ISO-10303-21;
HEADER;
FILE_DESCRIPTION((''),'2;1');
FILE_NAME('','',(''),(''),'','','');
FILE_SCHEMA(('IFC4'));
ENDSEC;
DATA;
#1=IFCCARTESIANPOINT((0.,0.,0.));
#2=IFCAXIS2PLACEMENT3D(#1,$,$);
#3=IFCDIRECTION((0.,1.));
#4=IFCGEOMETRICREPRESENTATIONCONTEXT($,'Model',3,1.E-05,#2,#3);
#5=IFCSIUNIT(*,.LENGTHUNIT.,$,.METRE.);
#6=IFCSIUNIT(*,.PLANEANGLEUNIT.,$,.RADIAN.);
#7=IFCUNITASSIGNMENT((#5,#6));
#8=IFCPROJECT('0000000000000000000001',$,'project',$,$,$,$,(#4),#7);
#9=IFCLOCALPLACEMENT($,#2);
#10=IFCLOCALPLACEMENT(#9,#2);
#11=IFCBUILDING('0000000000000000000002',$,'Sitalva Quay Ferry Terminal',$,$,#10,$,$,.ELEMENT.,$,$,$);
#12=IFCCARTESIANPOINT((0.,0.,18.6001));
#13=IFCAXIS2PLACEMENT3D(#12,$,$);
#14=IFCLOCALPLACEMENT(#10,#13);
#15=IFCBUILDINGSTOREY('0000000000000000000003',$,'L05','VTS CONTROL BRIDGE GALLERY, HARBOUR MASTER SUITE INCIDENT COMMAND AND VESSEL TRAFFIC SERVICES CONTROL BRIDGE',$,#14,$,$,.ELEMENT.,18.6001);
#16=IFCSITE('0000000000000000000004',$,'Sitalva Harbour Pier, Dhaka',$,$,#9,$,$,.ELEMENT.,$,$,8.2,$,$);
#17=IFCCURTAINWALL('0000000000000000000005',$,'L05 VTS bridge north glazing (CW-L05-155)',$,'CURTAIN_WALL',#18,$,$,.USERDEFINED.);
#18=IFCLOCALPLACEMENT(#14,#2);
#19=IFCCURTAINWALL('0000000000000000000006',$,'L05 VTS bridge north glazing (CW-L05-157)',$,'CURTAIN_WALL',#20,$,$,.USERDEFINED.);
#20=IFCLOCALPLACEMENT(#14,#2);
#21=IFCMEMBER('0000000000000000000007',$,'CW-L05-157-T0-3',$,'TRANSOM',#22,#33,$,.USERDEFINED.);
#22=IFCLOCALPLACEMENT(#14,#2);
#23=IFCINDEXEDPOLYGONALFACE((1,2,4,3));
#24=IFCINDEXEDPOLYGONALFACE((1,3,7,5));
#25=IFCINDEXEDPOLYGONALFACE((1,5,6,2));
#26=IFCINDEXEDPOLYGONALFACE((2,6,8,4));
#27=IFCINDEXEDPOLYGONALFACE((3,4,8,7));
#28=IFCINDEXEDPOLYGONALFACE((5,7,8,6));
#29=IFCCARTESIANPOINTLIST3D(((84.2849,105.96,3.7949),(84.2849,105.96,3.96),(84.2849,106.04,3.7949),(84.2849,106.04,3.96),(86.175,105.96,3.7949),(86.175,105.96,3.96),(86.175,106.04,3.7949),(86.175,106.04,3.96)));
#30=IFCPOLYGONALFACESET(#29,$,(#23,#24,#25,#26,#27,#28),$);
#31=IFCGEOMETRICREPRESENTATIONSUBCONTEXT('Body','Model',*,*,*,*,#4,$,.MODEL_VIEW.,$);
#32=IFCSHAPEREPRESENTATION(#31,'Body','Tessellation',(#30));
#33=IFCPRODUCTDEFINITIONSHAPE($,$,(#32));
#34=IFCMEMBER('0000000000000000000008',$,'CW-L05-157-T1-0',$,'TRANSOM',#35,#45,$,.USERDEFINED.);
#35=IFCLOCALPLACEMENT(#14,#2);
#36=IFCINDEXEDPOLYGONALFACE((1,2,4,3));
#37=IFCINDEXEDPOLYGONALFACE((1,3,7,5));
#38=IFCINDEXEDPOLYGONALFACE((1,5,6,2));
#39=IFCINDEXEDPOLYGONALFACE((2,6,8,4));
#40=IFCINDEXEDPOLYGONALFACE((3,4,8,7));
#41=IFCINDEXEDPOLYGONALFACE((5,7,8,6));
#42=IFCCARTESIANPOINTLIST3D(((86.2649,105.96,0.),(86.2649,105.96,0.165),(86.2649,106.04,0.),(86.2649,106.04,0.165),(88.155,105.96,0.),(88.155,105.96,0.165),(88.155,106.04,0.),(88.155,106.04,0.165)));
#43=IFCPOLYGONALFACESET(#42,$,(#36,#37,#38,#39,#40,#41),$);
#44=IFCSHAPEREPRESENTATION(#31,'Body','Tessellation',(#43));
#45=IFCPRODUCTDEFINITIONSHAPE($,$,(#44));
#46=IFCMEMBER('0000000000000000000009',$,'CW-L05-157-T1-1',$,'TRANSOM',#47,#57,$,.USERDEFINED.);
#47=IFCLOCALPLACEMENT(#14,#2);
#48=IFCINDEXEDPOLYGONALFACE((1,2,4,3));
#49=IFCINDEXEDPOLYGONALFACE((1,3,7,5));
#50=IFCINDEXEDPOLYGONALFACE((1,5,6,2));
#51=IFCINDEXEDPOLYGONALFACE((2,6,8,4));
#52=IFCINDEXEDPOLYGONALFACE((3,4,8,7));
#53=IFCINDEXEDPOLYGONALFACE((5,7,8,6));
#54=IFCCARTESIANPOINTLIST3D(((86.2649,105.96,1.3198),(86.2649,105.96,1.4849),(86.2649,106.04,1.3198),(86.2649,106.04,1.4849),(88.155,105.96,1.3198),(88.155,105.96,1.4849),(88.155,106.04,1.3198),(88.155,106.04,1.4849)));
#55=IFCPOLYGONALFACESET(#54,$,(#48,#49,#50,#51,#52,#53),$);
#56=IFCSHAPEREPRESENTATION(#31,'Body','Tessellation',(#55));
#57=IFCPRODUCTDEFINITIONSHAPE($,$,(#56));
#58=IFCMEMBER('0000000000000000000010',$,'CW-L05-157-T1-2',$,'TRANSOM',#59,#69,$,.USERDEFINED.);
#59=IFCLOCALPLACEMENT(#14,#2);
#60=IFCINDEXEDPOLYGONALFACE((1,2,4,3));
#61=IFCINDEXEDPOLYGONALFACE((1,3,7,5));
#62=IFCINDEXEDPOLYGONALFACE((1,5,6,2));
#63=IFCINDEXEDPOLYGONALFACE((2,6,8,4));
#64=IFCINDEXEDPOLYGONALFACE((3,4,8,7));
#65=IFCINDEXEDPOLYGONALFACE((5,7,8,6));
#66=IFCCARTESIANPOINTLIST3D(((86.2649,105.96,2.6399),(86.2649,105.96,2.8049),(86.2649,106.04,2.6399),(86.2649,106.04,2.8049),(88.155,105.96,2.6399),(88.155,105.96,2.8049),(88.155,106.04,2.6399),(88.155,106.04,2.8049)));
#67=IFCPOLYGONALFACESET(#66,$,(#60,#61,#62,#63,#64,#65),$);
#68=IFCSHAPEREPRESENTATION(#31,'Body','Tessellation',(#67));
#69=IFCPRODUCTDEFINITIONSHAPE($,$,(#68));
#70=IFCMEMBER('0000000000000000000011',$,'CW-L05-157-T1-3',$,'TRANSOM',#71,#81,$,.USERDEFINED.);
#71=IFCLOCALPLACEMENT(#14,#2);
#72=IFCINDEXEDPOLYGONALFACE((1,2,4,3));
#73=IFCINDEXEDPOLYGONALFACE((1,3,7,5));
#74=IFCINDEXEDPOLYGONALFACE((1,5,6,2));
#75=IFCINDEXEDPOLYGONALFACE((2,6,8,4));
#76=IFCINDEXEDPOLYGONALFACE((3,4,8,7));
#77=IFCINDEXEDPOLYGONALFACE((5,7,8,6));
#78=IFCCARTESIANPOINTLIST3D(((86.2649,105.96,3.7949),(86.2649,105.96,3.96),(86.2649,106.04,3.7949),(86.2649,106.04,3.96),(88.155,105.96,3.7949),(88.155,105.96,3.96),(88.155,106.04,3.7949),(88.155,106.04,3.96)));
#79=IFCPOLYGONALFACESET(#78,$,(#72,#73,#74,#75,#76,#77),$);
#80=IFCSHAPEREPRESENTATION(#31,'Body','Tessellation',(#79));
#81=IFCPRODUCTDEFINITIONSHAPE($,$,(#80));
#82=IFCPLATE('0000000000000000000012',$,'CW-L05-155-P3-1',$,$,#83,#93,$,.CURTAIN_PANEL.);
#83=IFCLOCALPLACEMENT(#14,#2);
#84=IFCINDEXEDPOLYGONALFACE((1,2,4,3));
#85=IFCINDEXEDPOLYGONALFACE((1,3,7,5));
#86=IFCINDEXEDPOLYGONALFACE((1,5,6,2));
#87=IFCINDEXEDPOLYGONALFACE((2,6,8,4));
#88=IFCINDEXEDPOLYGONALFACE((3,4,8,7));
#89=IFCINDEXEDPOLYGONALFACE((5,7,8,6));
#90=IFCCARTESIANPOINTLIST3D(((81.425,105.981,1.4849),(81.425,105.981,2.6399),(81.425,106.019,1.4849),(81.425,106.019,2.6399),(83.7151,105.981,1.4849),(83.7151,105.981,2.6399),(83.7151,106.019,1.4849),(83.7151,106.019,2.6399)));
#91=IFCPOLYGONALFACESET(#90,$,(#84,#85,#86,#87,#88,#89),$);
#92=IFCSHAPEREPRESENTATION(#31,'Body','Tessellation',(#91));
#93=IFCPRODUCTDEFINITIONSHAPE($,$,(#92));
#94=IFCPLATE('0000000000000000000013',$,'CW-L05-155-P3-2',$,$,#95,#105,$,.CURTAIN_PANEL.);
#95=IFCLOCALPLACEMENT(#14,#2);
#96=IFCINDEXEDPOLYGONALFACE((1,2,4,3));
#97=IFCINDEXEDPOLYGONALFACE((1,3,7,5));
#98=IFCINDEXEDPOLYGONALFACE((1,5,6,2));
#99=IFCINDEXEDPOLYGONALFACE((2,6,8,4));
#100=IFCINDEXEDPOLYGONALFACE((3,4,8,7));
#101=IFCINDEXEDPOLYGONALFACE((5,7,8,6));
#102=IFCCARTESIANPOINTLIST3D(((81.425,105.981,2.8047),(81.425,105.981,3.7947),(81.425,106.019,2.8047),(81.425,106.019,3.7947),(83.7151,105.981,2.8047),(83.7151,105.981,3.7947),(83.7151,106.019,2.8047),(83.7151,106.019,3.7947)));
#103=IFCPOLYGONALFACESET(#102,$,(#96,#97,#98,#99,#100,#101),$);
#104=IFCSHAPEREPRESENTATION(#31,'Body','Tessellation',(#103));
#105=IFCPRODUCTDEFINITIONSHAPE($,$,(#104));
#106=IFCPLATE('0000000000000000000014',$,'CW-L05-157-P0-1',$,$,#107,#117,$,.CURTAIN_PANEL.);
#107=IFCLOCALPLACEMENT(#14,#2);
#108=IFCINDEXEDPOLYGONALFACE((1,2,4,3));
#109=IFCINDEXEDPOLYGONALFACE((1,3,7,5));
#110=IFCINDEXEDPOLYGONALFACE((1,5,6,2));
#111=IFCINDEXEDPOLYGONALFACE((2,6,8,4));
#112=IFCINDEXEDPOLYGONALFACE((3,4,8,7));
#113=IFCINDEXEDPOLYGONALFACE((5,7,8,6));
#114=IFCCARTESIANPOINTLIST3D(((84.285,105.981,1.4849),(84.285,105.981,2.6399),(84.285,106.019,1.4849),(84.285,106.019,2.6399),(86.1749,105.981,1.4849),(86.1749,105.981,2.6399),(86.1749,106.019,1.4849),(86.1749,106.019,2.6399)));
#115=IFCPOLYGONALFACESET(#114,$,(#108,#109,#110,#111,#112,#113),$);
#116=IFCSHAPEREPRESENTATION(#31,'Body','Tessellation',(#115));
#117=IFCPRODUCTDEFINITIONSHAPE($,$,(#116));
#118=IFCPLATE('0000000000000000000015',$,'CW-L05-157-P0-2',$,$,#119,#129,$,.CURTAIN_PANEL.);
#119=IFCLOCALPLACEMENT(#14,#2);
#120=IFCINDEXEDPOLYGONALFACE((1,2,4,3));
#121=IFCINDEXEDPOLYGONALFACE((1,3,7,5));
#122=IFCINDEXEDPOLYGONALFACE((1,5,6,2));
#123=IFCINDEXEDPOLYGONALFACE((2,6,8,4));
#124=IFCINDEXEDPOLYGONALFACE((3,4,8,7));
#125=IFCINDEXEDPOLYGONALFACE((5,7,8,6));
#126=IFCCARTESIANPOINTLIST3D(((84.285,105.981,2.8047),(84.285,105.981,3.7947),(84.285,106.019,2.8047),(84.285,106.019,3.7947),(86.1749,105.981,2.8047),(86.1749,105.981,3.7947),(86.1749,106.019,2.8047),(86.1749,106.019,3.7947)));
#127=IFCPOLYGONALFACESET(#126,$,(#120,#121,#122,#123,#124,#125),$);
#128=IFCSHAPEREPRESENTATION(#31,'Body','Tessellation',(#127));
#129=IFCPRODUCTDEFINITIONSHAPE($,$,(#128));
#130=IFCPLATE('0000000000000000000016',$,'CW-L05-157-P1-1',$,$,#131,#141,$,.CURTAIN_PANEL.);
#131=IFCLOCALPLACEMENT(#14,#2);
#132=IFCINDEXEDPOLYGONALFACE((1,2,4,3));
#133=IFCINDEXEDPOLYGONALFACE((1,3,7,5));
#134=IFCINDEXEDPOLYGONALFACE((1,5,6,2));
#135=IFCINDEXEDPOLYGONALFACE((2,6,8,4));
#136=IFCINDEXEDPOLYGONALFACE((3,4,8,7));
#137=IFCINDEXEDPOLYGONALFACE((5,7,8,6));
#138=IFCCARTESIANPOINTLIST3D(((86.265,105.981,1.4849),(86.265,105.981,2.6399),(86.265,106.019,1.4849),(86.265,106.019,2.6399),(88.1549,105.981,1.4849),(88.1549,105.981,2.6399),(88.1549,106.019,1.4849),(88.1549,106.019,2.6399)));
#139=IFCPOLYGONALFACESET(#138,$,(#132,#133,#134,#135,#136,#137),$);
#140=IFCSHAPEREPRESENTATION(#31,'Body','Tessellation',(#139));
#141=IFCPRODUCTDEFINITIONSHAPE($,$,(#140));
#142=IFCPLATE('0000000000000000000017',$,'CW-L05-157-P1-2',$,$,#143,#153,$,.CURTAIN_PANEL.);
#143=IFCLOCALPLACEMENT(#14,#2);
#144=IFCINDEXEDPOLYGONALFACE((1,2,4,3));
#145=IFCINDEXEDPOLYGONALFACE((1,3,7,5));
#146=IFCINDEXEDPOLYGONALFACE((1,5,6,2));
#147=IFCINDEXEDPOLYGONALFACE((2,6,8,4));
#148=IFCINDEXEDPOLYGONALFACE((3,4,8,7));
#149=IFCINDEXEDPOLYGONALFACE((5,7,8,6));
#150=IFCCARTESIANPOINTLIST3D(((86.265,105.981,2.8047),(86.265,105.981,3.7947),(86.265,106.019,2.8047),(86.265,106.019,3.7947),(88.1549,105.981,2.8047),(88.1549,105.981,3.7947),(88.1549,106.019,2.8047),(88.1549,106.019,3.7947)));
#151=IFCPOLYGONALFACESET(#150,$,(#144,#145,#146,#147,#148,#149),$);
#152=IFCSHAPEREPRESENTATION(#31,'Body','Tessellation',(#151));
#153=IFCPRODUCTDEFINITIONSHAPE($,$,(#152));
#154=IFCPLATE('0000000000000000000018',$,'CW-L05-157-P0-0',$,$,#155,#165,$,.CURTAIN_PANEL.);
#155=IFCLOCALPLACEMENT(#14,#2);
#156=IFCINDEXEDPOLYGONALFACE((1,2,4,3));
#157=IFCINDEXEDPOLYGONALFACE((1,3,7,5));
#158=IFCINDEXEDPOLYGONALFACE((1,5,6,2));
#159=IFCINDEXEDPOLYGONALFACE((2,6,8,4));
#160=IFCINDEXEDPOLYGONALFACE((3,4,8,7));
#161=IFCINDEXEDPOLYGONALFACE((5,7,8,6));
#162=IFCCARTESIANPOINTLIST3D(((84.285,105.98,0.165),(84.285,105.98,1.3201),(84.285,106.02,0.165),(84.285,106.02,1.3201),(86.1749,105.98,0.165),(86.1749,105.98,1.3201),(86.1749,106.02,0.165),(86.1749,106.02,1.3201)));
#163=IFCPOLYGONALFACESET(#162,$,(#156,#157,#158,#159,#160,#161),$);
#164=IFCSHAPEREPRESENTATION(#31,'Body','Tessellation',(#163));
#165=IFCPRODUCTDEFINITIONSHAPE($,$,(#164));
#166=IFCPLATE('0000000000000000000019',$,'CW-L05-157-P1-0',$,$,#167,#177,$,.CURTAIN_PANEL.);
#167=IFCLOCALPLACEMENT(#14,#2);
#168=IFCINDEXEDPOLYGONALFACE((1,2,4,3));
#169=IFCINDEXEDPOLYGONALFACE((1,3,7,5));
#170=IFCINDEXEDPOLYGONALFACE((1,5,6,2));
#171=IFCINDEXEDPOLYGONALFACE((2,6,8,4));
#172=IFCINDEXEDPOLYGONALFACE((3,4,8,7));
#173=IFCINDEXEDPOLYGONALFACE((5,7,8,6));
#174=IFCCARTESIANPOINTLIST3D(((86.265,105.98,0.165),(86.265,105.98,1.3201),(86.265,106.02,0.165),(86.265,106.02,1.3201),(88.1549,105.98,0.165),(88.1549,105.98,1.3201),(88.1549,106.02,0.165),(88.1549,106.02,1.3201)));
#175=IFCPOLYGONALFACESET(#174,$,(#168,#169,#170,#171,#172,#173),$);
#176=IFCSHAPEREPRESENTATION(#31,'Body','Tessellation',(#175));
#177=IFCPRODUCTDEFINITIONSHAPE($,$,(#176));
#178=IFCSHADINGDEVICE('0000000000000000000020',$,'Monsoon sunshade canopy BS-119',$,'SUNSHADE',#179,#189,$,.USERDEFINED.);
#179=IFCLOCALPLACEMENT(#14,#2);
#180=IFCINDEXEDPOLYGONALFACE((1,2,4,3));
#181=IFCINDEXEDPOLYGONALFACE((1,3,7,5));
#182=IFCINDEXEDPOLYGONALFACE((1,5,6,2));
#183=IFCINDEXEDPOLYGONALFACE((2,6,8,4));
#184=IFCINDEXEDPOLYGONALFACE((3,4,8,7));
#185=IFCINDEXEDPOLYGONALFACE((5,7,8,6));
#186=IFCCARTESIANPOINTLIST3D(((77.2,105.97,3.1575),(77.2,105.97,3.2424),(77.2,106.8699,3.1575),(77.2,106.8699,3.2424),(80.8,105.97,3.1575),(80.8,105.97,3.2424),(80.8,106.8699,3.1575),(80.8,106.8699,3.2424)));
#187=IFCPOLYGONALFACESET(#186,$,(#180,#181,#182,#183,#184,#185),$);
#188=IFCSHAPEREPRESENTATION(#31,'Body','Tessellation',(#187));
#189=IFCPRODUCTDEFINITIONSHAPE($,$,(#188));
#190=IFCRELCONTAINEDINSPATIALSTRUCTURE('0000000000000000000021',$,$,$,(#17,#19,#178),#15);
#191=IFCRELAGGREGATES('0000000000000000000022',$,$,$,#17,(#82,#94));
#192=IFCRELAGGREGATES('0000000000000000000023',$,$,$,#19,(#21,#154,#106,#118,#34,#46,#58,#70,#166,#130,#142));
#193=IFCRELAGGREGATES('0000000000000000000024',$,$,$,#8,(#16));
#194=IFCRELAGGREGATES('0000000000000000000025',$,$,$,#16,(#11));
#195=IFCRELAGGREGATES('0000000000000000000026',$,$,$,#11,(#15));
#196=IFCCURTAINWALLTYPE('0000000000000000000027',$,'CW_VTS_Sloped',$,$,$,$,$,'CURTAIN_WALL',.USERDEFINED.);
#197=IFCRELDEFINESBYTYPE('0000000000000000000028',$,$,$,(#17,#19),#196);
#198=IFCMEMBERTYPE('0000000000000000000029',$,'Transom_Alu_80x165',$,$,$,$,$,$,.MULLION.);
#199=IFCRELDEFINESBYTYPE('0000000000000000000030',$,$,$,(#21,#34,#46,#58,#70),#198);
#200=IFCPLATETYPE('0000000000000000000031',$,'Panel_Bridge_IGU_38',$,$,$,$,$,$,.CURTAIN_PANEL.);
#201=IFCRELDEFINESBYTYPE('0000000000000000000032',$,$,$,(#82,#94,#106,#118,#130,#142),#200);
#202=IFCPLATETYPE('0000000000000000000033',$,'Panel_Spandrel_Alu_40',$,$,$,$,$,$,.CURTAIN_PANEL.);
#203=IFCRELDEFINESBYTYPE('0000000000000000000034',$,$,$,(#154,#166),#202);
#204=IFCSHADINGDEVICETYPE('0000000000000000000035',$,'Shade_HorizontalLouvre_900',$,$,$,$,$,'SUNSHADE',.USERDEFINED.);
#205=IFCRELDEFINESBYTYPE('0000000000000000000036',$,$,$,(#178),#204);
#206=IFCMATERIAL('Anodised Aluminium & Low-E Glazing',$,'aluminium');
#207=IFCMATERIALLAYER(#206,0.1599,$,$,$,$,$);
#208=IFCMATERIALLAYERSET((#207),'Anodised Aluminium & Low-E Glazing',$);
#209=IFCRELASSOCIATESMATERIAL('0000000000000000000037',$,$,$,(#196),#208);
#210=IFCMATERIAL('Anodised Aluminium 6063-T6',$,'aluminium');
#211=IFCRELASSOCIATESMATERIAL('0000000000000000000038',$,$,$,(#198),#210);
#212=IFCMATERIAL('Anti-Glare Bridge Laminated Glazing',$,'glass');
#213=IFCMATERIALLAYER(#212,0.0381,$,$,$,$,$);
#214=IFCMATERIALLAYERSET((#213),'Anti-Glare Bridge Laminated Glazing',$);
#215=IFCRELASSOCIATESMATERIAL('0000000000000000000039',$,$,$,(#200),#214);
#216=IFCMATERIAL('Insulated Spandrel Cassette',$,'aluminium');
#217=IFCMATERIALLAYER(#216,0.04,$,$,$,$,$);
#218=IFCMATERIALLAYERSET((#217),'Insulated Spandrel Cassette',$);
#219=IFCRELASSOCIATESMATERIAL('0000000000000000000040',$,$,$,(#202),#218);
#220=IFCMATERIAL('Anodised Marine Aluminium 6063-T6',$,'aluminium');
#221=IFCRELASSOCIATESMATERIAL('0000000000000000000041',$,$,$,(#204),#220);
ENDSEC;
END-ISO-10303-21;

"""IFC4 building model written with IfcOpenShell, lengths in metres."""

from ifc_helpers import new_model, si_unit, direction, frame, origin, origin_2d, place, context, subcontext, project, spatial, rectangle, extrude, material, layer, layer_set, material_profile, profile_set, type_object, element, aggregate, save


model = new_model("IFC4")

# Units and contexts
model_context = context("Model", 3, precision=1e-05, world=origin(), true_north=direction((0.0, 1.0)))
body_context = subcontext(model_context, "Body", "Model", "MODEL_VIEW")
ifc_project = project(units=[si_unit("LENGTHUNIT", "METRE"), si_unit("PLANEANGLEUNIT", "RADIAN")], contexts=[model_context])

# Site, building, storey
site_placement = place(None, origin())
site = spatial("IfcSite", under=ifc_project, at=site_placement, Name="Sitalva Harbour Pier, Dhaka", CompositionType="ELEMENT", RefElevation=8.2)
building_placement = place(site_placement, origin())
building = spatial("IfcBuilding", under=site, at=building_placement, Name="Sitalva Quay Ferry Terminal", CompositionType="ELEMENT")
storey_placement = place(building_placement, frame((0.0, 0.0, 18.6001)))
storey = spatial("IfcBuildingStorey", under=building, at=storey_placement, Name="L05", Description="VTS CONTROL BRIDGE GALLERY, HARBOUR MASTER SUITE INCIDENT COMMAND AND VESSEL TRAFFIC SERVICES CONTROL BRIDGE", CompositionType="ELEMENT", Elevation=18.6001)

# Curtain wall
ifc_material_1 = material(Name="Anodised Aluminium & Low-E Glazing", Category="aluminium")
ifc_layer_1 = layer(ifc_material_1, 0.1599)
ifc_layer_set_1 = layer_set([ifc_layer_1], Name="Anodised Aluminium & Low-E Glazing")
curtain_wall_type = type_object("IfcCurtainWallType", Name="CW_VTS_Sloped", ElementType="CURTAIN_WALL", PredefinedType="USERDEFINED", material=ifc_layer_set_1)
curtain_wall_1_placement = place(storey_placement, origin())
curtain_wall_1 = element("IfcCurtainWall", 1, at=curtain_wall_1_placement, inside=storey, type_object=curtain_wall_type, Name="L05 VTS bridge north glazing (CW-L05-155)", ObjectType="CURTAIN_WALL", PredefinedType="USERDEFINED")

# Curtain wall, members
curtain_wall_2_placement = place(storey_placement, origin())
curtain_wall_2 = element("IfcCurtainWall", 2, at=curtain_wall_2_placement, inside=storey, type_object=curtain_wall_type, Name="L05 VTS bridge north glazing (CW-L05-157)", ObjectType="CURTAIN_WALL", PredefinedType="USERDEFINED")
ifc_material_2 = material(Name="Anodised Aluminium 6063-T6", Category="aluminium")
ifc_material_profile_1 = material_profile(ifc_material_2, rectangle(XDim=0.0801, YDim=0.165, at=origin_2d()), Name="ALU80x165")
ifc_profile_set_1 = profile_set([ifc_material_profile_1], Name="Anodised Aluminium 6063-T6")
member_type_1 = type_object("IfcMemberType", Name="Transom_Alu_80x165", PredefinedType="MULLION", material=ifc_profile_set_1)
member_1_placement = place(storey_placement, frame((84.2849, 106.0, 3.8774), z_axis=(1.0, 0.0, 0.0), x_axis=(0.0, 1.0, 0.0)))
member_1 = element("IfcMember", 3, at=member_1_placement, type_object=member_type_1, Name="CW-L05-157-T0-3", ObjectType="TRANSOM", PredefinedType="USERDEFINED", context=body_context, shape_type="SweptSolid", body=[
    extrude(rectangle(XDim=0.0801, YDim=0.165, at=origin_2d()), origin(), (0.0, 0.0, 1.0), 1.8901),
])
member_2_placement = place(storey_placement, frame((86.2649, 106.0, 0.0825), z_axis=(1.0, 0.0, 0.0), x_axis=(0.0, 1.0, 0.0)))
member_2 = element("IfcMember", 4, at=member_2_placement, type_object=member_type_1, Name="CW-L05-157-T1-0", ObjectType="TRANSOM", PredefinedType="USERDEFINED", context=body_context, shape_type="SweptSolid", body=[
    extrude(rectangle(XDim=0.0801, YDim=0.165, at=origin_2d()), origin(), (0.0, 0.0, 1.0), 1.8901),
])
member_3_placement = place(storey_placement, frame((86.2649, 106.0, 1.4023), z_axis=(1.0, 0.0, 0.0), x_axis=(0.0, 1.0, 0.0)))
member_3 = element("IfcMember", 5, at=member_3_placement, type_object=member_type_1, Name="CW-L05-157-T1-1", ObjectType="TRANSOM", PredefinedType="USERDEFINED", context=body_context, shape_type="SweptSolid", body=[
    extrude(rectangle(XDim=0.0801, YDim=0.165, at=origin_2d()), origin(), (0.0, 0.0, 1.0), 1.8901),
])
member_4_placement = place(storey_placement, frame((86.2649, 106.0, 2.7224), z_axis=(1.0, 0.0, 0.0), x_axis=(0.0, 1.0, 0.0)))
member_4 = element("IfcMember", 6, at=member_4_placement, type_object=member_type_1, Name="CW-L05-157-T1-2", ObjectType="TRANSOM", PredefinedType="USERDEFINED", context=body_context, shape_type="SweptSolid", body=[
    extrude(rectangle(XDim=0.0801, YDim=0.165, at=origin_2d()), origin(), (0.0, 0.0, 1.0), 1.8901),
])
member_5_placement = place(storey_placement, frame((86.2649, 106.0, 3.8774), z_axis=(1.0, 0.0, 0.0), x_axis=(0.0, 1.0, 0.0)))
member_5 = element("IfcMember", 7, at=member_5_placement, type_object=member_type_1, Name="CW-L05-157-T1-3", ObjectType="TRANSOM", PredefinedType="USERDEFINED", context=body_context, shape_type="SweptSolid", body=[
    extrude(rectangle(XDim=0.0801, YDim=0.165, at=origin_2d()), origin(), (0.0, 0.0, 1.0), 1.8901),
])

# Plates
ifc_material_3 = material(Name="Anti-Glare Bridge Laminated Glazing", Category="glass")
ifc_layer_2 = layer(ifc_material_3, 0.0381)
ifc_layer_set_2 = layer_set([ifc_layer_2], Name="Anti-Glare Bridge Laminated Glazing")
plate_type_1 = type_object("IfcPlateType", Name="Panel_Bridge_IGU_38", PredefinedType="CURTAIN_PANEL", material=ifc_layer_set_2)
plate_1_placement = place(storey_placement, frame((82.5701, 106.0, 1.4849), z_axis=(0.0, 0.0, 1.0), x_axis=(1.0, 0.0, 0.0)))
plate_1 = element("IfcPlate", 8, at=plate_1_placement, type_object=plate_type_1, Name="CW-L05-155-P3-1", PredefinedType="CURTAIN_PANEL", context=body_context, shape_type="SweptSolid", body=[
    extrude(rectangle(XDim=2.29, YDim=0.0381, at=origin_2d()), origin(), (0.0, 0.0, 1.0), 1.155),
])
plate_2_placement = place(storey_placement, frame((82.5701, 106.0, 2.8047), z_axis=(0.0, 0.0, 1.0), x_axis=(1.0, 0.0, 0.0)))
plate_2 = element("IfcPlate", 9, at=plate_2_placement, type_object=plate_type_1, Name="CW-L05-155-P3-2", PredefinedType="CURTAIN_PANEL", context=body_context, shape_type="SweptSolid", body=[
    extrude(rectangle(XDim=2.29, YDim=0.0381, at=origin_2d()), origin(), (0.0, 0.0, 1.0), 0.99),
])
aggregate(curtain_wall_1, [plate_1, plate_2])
plate_3_placement = place(storey_placement, frame((85.23, 106.0, 1.4849), z_axis=(0.0, 0.0, 1.0), x_axis=(1.0, 0.0, 0.0)))
plate_3 = element("IfcPlate", 10, at=plate_3_placement, type_object=plate_type_1, Name="CW-L05-157-P0-1", PredefinedType="CURTAIN_PANEL", context=body_context, shape_type="SweptSolid", body=[
    extrude(rectangle(XDim=1.8899, YDim=0.0381, at=origin_2d()), origin(), (0.0, 0.0, 1.0), 1.155),
])
plate_4_placement = place(storey_placement, frame((85.23, 106.0, 2.8047), z_axis=(0.0, 0.0, 1.0), x_axis=(1.0, 0.0, 0.0)))
plate_4 = element("IfcPlate", 11, at=plate_4_placement, type_object=plate_type_1, Name="CW-L05-157-P0-2", PredefinedType="CURTAIN_PANEL", context=body_context, shape_type="SweptSolid", body=[
    extrude(rectangle(XDim=1.8899, YDim=0.0381, at=origin_2d()), origin(), (0.0, 0.0, 1.0), 0.99),
])
plate_5_placement = place(storey_placement, frame((87.21, 106.0, 1.4849), z_axis=(0.0, 0.0, 1.0), x_axis=(1.0, 0.0, 0.0)))
plate_5 = element("IfcPlate", 12, at=plate_5_placement, type_object=plate_type_1, Name="CW-L05-157-P1-1", PredefinedType="CURTAIN_PANEL", context=body_context, shape_type="SweptSolid", body=[
    extrude(rectangle(XDim=1.8899, YDim=0.0381, at=origin_2d()), origin(), (0.0, 0.0, 1.0), 1.155),
])
plate_6_placement = place(storey_placement, frame((87.21, 106.0, 2.8047), z_axis=(0.0, 0.0, 1.0), x_axis=(1.0, 0.0, 0.0)))
plate_6 = element("IfcPlate", 13, at=plate_6_placement, type_object=plate_type_1, Name="CW-L05-157-P1-2", PredefinedType="CURTAIN_PANEL", context=body_context, shape_type="SweptSolid", body=[
    extrude(rectangle(XDim=1.8899, YDim=0.0381, at=origin_2d()), origin(), (0.0, 0.0, 1.0), 0.99),
])
ifc_material_4 = material(Name="Insulated Spandrel Cassette", Category="aluminium")
ifc_layer_3 = layer(ifc_material_4, 0.04)
ifc_layer_set_3 = layer_set([ifc_layer_3], Name="Insulated Spandrel Cassette")
plate_type_2 = type_object("IfcPlateType", Name="Panel_Spandrel_Alu_40", PredefinedType="CURTAIN_PANEL", material=ifc_layer_set_3)
plate_7_placement = place(storey_placement, frame((85.23, 106.0, 0.165), z_axis=(0.0, 0.0, 1.0), x_axis=(1.0, 0.0, 0.0)))
plate_7 = element("IfcPlate", 14, at=plate_7_placement, type_object=plate_type_2, Name="CW-L05-157-P0-0", PredefinedType="CURTAIN_PANEL", context=body_context, shape_type="SweptSolid", body=[
    extrude(rectangle(XDim=1.8899, YDim=0.04, at=origin_2d()), origin(), (0.0, 0.0, 1.0), 1.155),
])
plate_8_placement = place(storey_placement, frame((87.21, 106.0, 0.165), z_axis=(0.0, 0.0, 1.0), x_axis=(1.0, 0.0, 0.0)))
plate_8 = element("IfcPlate", 15, at=plate_8_placement, type_object=plate_type_2, Name="CW-L05-157-P1-0", PredefinedType="CURTAIN_PANEL", context=body_context, shape_type="SweptSolid", body=[
    extrude(rectangle(XDim=1.8899, YDim=0.04, at=origin_2d()), origin(), (0.0, 0.0, 1.0), 1.155),
])
aggregate(curtain_wall_2, [member_1, plate_7, plate_3, plate_4, member_2, member_3, member_4, member_5, plate_8, plate_5, plate_6])

# Shading device
ifc_material_5 = material(Name="Anodised Marine Aluminium 6063-T6", Category="aluminium")
shading_device_type = type_object("IfcShadingDeviceType", Name="Shade_HorizontalLouvre_900", ElementType="SUNSHADE", PredefinedType="USERDEFINED", material=ifc_material_5)
shading_device_placement = place(storey_placement, frame((79.0, 106.4199, 3.1575), z_axis=(0.0, 0.0, 1.0), x_axis=(1.0, 0.0, 0.0)))
element("IfcShadingDevice", 16, at=shading_device_placement, inside=storey, type_object=shading_device_type, Name="Monsoon sunshade canopy BS-119", ObjectType="SUNSHADE", PredefinedType="USERDEFINED", context=body_context, shape_type="SweptSolid", body=[
    extrude(rectangle(XDim=3.6001, YDim=0.8999, at=origin_2d()), origin(), (0.0, 0.0, 1.0), 0.085),
])

save(model, "model.ifc")
